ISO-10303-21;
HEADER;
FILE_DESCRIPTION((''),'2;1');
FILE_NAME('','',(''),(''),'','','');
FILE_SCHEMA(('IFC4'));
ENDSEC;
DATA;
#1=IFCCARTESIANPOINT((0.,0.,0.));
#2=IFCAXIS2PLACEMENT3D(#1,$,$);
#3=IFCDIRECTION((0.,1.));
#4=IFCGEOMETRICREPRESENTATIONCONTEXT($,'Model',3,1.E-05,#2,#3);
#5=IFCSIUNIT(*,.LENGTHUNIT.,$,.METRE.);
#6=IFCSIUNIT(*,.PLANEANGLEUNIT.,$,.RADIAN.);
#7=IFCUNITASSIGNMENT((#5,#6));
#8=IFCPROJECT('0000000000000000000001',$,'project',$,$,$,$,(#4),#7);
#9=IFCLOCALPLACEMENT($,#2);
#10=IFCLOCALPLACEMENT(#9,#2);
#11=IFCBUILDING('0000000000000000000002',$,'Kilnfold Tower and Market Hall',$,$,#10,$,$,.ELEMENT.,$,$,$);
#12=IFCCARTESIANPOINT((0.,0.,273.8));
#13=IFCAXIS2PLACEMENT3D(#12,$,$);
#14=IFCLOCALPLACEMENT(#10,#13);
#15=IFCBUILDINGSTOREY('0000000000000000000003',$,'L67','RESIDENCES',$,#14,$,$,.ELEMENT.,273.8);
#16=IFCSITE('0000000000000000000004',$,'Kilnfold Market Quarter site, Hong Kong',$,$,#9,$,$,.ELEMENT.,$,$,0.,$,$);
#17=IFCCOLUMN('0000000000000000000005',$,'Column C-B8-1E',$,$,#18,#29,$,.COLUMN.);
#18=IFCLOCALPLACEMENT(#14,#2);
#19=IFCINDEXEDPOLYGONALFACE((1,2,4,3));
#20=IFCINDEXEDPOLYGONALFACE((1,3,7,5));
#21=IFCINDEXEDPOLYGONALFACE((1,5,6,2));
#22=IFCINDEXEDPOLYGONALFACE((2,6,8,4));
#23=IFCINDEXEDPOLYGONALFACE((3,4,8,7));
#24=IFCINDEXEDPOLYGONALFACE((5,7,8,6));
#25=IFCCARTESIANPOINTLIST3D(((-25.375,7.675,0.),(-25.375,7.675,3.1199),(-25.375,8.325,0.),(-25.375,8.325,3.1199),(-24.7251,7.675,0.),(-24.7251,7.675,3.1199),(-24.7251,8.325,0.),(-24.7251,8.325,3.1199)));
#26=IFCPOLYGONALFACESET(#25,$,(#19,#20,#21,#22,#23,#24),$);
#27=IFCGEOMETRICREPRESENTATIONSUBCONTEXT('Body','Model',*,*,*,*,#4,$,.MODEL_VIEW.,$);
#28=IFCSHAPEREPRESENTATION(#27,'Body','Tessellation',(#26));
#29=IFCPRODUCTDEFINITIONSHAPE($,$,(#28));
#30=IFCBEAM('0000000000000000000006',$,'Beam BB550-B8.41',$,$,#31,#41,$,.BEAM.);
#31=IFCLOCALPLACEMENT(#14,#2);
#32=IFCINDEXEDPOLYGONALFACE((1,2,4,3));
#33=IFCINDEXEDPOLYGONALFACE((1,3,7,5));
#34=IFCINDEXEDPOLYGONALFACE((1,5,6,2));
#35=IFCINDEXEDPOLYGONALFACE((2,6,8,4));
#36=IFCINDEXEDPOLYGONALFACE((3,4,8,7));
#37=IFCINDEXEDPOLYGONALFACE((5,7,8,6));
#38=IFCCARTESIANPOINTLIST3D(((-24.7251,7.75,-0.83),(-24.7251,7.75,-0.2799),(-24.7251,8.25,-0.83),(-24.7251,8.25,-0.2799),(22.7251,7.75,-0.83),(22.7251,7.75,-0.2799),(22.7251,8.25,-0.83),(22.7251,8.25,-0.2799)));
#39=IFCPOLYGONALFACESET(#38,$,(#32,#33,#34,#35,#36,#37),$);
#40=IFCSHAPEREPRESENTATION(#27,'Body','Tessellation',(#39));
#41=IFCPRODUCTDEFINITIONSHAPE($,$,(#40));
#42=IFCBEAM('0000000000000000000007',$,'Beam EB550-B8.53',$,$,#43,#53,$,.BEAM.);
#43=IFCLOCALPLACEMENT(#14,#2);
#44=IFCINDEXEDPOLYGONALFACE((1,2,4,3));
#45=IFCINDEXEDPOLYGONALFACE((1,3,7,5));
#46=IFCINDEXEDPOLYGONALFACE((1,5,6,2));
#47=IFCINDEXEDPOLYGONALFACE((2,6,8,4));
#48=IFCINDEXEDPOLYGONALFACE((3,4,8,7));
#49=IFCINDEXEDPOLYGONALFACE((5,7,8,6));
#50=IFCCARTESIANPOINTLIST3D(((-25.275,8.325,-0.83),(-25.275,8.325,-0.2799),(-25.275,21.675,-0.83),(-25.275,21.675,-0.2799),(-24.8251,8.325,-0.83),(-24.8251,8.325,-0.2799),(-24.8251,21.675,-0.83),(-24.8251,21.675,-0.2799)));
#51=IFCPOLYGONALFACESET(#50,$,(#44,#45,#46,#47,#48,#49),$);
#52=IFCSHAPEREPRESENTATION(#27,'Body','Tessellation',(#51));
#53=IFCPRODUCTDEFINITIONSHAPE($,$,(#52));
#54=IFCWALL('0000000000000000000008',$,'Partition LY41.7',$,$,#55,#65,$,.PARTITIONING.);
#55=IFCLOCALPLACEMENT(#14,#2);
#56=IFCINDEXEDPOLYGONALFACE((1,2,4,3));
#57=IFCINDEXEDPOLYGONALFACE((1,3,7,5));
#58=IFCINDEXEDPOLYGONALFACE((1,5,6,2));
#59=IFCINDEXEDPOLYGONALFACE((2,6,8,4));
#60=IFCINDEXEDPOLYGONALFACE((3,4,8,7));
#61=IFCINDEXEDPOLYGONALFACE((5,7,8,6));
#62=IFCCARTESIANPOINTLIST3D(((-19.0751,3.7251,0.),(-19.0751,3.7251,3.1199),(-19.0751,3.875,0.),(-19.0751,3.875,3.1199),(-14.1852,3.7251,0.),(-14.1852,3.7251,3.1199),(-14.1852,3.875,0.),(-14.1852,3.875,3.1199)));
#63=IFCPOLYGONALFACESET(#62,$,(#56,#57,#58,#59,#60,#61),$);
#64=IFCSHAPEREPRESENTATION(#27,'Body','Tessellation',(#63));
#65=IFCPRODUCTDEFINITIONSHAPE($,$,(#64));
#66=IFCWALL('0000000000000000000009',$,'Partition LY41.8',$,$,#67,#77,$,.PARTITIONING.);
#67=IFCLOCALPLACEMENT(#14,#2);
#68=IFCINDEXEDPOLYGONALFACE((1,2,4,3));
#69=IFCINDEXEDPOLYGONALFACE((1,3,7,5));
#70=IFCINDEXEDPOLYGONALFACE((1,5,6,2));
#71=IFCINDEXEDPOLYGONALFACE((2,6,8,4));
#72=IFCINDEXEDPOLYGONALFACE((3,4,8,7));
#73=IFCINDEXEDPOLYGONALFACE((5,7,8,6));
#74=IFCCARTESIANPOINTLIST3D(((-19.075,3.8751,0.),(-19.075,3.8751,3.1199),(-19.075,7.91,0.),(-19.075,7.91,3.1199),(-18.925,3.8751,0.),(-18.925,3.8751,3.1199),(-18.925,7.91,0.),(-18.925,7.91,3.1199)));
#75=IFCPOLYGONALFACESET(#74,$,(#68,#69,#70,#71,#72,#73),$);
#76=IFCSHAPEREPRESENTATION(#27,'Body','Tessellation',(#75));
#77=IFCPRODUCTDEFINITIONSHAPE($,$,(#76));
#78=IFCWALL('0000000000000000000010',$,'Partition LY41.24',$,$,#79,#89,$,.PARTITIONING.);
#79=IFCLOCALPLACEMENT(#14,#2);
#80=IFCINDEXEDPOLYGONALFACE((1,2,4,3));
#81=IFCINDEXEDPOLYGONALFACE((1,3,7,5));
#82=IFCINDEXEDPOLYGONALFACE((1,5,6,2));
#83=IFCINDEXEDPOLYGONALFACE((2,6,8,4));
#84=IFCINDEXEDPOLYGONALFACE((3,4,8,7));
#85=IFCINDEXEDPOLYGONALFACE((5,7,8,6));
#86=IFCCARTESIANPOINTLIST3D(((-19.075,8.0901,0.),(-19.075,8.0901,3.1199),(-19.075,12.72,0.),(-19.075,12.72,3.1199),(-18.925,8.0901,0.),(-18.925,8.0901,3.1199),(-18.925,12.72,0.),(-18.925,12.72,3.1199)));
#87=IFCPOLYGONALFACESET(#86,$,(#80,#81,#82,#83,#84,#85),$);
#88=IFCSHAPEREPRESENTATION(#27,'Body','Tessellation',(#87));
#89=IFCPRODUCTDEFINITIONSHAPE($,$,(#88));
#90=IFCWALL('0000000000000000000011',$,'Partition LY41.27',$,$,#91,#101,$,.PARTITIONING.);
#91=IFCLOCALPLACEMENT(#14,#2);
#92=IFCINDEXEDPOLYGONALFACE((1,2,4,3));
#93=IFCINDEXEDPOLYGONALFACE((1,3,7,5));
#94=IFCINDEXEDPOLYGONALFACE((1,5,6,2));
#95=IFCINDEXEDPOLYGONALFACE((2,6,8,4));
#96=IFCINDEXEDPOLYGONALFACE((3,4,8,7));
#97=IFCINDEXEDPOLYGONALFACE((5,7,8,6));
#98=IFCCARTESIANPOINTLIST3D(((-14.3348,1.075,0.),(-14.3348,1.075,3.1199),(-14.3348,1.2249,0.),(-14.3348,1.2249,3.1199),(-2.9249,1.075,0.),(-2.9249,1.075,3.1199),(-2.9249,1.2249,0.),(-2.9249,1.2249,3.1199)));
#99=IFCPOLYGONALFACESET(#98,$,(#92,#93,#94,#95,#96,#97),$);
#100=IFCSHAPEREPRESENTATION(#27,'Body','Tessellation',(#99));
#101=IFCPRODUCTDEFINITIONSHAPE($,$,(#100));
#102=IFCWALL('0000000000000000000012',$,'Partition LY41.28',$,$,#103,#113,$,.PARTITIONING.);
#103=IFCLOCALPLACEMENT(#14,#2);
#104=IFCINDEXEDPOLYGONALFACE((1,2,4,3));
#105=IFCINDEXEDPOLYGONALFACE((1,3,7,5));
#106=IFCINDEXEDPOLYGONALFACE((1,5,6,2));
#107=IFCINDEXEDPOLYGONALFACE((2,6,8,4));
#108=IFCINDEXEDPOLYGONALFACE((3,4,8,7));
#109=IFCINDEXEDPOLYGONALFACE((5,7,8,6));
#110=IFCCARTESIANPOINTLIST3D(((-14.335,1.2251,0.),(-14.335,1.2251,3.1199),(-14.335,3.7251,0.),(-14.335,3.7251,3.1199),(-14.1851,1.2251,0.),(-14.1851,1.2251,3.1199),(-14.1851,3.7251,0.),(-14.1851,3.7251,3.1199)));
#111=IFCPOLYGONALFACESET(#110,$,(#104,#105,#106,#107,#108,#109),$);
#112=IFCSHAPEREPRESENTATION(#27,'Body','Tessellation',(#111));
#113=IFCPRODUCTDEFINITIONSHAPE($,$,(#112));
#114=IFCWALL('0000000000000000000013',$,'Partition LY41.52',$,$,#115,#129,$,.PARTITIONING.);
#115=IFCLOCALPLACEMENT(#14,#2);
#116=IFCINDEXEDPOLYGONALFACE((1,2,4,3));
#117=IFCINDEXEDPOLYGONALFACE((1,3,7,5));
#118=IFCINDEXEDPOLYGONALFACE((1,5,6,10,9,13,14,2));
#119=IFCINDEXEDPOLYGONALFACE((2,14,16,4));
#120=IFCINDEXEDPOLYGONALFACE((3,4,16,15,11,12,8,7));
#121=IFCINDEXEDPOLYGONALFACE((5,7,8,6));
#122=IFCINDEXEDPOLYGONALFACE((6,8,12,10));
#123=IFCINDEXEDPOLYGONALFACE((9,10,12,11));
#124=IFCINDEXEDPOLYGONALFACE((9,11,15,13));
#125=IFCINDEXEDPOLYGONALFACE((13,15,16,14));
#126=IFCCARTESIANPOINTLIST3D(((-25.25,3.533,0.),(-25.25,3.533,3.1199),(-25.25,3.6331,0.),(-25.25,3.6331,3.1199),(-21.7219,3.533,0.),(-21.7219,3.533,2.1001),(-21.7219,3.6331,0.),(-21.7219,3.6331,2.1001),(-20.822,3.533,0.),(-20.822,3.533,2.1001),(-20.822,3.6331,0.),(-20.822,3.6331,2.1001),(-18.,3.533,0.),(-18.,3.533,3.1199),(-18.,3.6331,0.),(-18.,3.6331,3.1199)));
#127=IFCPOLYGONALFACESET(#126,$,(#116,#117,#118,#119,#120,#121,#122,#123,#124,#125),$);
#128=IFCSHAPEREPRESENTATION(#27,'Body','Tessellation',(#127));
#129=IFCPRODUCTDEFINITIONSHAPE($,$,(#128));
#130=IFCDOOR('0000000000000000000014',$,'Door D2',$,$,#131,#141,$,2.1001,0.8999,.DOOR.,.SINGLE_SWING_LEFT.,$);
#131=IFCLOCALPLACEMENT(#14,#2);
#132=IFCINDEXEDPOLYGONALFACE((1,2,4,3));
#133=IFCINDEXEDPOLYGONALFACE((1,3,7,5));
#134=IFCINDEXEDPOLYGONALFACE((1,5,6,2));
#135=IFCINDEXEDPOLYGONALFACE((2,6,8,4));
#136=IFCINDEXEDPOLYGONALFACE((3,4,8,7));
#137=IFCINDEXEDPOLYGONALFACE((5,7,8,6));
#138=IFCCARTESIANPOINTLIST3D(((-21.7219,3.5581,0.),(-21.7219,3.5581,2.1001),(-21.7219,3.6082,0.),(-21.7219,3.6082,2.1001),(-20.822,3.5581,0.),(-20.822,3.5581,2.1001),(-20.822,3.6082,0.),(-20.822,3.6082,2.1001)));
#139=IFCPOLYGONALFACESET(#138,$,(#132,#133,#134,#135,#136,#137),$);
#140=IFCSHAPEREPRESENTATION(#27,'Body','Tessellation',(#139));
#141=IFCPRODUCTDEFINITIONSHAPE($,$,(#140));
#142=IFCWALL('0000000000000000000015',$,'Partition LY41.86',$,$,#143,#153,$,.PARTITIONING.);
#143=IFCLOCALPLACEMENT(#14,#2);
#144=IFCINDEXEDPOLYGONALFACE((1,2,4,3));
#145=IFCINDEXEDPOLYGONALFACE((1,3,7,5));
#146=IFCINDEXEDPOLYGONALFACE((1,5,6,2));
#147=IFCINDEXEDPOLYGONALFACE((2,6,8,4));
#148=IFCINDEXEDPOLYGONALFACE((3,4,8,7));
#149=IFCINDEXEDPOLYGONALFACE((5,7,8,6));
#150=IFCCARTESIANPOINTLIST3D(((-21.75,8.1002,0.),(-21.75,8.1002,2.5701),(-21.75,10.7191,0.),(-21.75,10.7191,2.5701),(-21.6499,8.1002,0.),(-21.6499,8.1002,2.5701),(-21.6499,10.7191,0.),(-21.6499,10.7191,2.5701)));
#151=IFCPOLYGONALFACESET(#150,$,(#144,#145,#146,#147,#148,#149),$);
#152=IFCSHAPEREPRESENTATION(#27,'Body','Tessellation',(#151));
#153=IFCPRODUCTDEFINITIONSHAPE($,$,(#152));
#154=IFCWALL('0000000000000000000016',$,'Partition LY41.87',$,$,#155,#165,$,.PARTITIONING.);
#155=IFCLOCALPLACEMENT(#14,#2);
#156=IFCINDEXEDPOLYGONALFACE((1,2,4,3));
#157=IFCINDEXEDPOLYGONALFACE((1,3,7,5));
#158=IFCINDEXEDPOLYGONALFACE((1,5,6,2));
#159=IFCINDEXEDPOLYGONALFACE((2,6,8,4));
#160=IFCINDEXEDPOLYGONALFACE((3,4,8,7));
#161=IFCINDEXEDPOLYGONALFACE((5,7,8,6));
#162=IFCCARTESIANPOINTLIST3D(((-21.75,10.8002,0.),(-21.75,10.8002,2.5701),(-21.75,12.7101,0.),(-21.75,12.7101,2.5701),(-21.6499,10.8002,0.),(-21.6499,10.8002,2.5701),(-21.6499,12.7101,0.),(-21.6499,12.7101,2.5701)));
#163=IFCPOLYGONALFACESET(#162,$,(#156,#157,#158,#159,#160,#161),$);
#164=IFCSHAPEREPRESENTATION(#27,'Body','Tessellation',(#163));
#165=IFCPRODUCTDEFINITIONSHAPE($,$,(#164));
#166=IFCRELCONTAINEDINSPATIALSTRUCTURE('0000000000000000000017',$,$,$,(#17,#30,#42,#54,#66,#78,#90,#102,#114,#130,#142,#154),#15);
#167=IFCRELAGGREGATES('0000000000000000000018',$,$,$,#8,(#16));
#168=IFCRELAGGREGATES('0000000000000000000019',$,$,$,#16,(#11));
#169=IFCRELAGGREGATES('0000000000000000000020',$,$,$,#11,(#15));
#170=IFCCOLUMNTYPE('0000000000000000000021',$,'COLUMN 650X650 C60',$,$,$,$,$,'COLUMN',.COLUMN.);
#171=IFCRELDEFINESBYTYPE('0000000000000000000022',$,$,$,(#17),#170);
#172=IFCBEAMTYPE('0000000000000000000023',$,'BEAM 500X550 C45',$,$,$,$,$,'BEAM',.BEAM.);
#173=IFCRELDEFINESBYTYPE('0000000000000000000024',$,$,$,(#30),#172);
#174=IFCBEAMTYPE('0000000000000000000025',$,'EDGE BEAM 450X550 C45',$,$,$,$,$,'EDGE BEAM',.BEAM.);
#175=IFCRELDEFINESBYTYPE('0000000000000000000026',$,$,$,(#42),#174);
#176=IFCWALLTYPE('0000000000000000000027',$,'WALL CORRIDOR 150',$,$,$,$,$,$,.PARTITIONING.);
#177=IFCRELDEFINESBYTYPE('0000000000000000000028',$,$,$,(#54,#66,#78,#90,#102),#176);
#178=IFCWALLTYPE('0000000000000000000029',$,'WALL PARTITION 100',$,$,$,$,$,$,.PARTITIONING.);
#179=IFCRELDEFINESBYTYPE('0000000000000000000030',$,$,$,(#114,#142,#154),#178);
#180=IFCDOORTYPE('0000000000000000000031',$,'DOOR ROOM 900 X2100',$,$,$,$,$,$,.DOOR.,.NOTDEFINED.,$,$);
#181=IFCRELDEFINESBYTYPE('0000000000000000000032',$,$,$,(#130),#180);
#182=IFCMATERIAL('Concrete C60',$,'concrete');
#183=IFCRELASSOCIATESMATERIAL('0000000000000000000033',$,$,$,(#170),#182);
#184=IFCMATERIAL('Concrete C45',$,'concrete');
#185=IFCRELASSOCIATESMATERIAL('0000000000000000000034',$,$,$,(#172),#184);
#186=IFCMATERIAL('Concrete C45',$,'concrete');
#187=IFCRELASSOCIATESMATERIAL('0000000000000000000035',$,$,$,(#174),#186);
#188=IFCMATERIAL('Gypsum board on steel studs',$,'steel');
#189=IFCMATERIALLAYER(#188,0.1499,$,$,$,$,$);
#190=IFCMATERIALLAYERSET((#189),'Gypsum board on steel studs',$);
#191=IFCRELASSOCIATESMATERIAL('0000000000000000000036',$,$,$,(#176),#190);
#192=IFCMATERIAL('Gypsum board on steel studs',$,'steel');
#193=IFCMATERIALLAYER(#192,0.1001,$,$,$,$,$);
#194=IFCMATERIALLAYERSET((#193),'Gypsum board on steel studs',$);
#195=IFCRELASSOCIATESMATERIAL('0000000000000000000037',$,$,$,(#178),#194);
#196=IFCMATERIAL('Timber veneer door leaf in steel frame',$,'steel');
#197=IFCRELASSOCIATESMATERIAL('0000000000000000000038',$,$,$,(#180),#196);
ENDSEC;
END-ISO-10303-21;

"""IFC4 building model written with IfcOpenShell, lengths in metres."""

from ifc_helpers import new_model, si_unit, direction, frame, frame_2d, origin, origin_2d, place, context, subcontext, project, spatial, rectangle, extrude, source, transform, mapped, material, layer, layer_set, material_profile, profile_set, type_object, element, fill, save


model = new_model("IFC4")

# Units and contexts
model_context = context("Model", 3, precision=1e-05, world=origin(), true_north=direction((0.0, 1.0)))
body_context = subcontext(model_context, "Body", "Model", "MODEL_VIEW")
ifc_project = project(units=[si_unit("LENGTHUNIT", "METRE"), si_unit("PLANEANGLEUNIT", "RADIAN")], contexts=[model_context])

# Site, building, storey
site_placement = place(None, origin())
site = spatial("IfcSite", under=ifc_project, at=site_placement, Name="Kilnfold Market Quarter site, Hong Kong", CompositionType="ELEMENT", RefElevation=0.0)
building_placement = place(site_placement, origin())
building = spatial("IfcBuilding", under=site, at=building_placement, Name="Kilnfold Tower and Market Hall", CompositionType="ELEMENT")
storey_placement = place(building_placement, frame((0.0, 0.0, 273.8)))
storey = spatial("IfcBuildingStorey", under=building, at=storey_placement, Name="L67", Description="RESIDENCES", CompositionType="ELEMENT", Elevation=273.8)

# Column
ifc_material_1 = material(Name="Concrete C60", Category="concrete")
ifc_material_profile_1 = material_profile(ifc_material_1, rectangle(XDim=0.6499, YDim=0.6499, at=origin_2d()), Name="RC 650x650")
ifc_profile_set_1 = profile_set([ifc_material_profile_1], Name="Concrete C60")
column_type = type_object("IfcColumnType", Name="COLUMN 650X650 C60", ElementType="COLUMN", PredefinedType="COLUMN", material=ifc_profile_set_1)
shared_shape_1 = source(origin(), body_context, "Body", "SweptSolid", [
    extrude(rectangle(XDim=0.6499, YDim=0.6499, at=origin_2d()), origin(), (0.0, 0.0, 1.0), 3.1199),
])
column_placement = place(storey_placement, frame((-25.05, 8.0, 0.0), z_axis=(0.0, 0.0, 1.0), x_axis=(1.0, 0.0, 0.0)))
element("IfcColumn", 1, at=column_placement, inside=storey, type_object=column_type, Name="Column C-B8-1E", PredefinedType="COLUMN", context=body_context, shape_type="MappedRepresentation", body=[
    mapped(shared_shape_1, transform((0.0, 0.0, 0.0))),
])

# Beams
ifc_material_2 = material(Name="Concrete C45", Category="concrete")
ifc_material_profile_2 = material_profile(ifc_material_2, rectangle(XDim=0.5, YDim=0.55, at=origin_2d()), Name="RC 500x550")
ifc_profile_set_2 = profile_set([ifc_material_profile_2], Name="Concrete C45")
beam_type_1 = type_object("IfcBeamType", Name="BEAM 500X550 C45", ElementType="BEAM", PredefinedType="BEAM", material=ifc_profile_set_2)
shared_shape_2 = source(origin(), body_context, "Body", "SweptSolid", [
    extrude(rectangle(XDim=0.5, YDim=0.55, at=origin_2d()), origin(), (0.0, 0.0, 1.0), 47.4502),
])
beam_1_placement = place(storey_placement, frame((-24.7251, 8.0, -0.5549), z_axis=(1.0, 0.0, 0.0), x_axis=(0.0, 1.0, 0.0)))
element("IfcBeam", 2, at=beam_1_placement, inside=storey, type_object=beam_type_1, Name="Beam BB550-B8.41", PredefinedType="BEAM", context=body_context, shape_type="MappedRepresentation", body=[
    mapped(shared_shape_2, transform((0.0, 0.0, 0.0))),
])
ifc_material_3 = material(Name="Concrete C45", Category="concrete")
ifc_material_profile_3 = material_profile(ifc_material_3, rectangle(XDim=0.45, YDim=0.55, at=origin_2d()), Name="RC 450x550")
ifc_profile_set_3 = profile_set([ifc_material_profile_3], Name="Concrete C45")
beam_type_2 = type_object("IfcBeamType", Name="EDGE BEAM 450X550 C45", ElementType="EDGE BEAM", PredefinedType="BEAM", material=ifc_profile_set_3)
shared_shape_3 = source(origin(), body_context, "Body", "SweptSolid", [
    extrude(rectangle(XDim=0.45, YDim=0.55, at=origin_2d()), origin(), (0.0, 0.0, 1.0), 13.3501),
])
beam_2_placement = place(storey_placement, frame((-25.05, 8.325, -0.5549), z_axis=(0.0, 1.0, 0.0), x_axis=(-1.0, 0.0, 0.0)))
element("IfcBeam", 3, at=beam_2_placement, inside=storey, type_object=beam_type_2, Name="Beam EB550-B8.53", PredefinedType="BEAM", context=body_context, shape_type="MappedRepresentation", body=[
    mapped(shared_shape_3, transform((0.0, 0.0, 0.0))),
])

# Walls
ifc_material_4 = material(Name="Gypsum board on steel studs", Category="steel")
ifc_layer_1 = layer(ifc_material_4, 0.1499)
ifc_layer_set_1 = layer_set([ifc_layer_1], Name="Gypsum board on steel studs")
wall_type_1 = type_object("IfcWallType", Name="WALL CORRIDOR 150", PredefinedType="PARTITIONING", material=ifc_layer_set_1)
wall_1_placement = place(storey_placement, frame((-19.075, 3.8, 0.0), z_axis=(0.0, 0.0, 1.0), x_axis=(1.0, 0.0, 0.0)))
element("IfcWall", 4, at=wall_1_placement, inside=storey, type_object=wall_type_1, Name="Partition LY41.7", PredefinedType="PARTITIONING", context=body_context, shape_type="SweptSolid", body=[
    extrude(rectangle(XDim=4.8899, YDim=0.1499, at=frame_2d((2.4448, 0.0))), origin(), (0.0, 0.0, 1.0), 3.1199),
])
wall_2_placement = place(storey_placement, frame((-19.0, 3.875, 0.0), z_axis=(0.0, 0.0, 1.0), x_axis=(0.0, 1.0, 0.0)))
element("IfcWall", 5, at=wall_2_placement, inside=storey, type_object=wall_type_1, Name="Partition LY41.8", PredefinedType="PARTITIONING", context=body_context, shape_type="SweptSolid", body=[
    extrude(rectangle(XDim=4.0349, YDim=0.1499, at=frame_2d((2.0176, 0.0))), origin(), (0.0, 0.0, 1.0), 3.1199),
])
wall_3_placement = place(storey_placement, frame((-19.0, 8.0901, 0.0), z_axis=(0.0, 0.0, 1.0), x_axis=(0.0, 1.0, 0.0)))
element("IfcWall", 6, at=wall_3_placement, inside=storey, type_object=wall_type_1, Name="Partition LY41.24", PredefinedType="PARTITIONING", context=body_context, shape_type="SweptSolid", body=[
    extrude(rectangle(XDim=4.6299, YDim=0.1499, at=frame_2d((2.3149, 0.0))), origin(), (0.0, 0.0, 1.0), 3.1199),
])
wall_4_placement = place(storey_placement, frame((-14.335, 1.1499, 0.0), z_axis=(0.0, 0.0, 1.0), x_axis=(1.0, 0.0, 0.0)))
element("IfcWall", 7, at=wall_4_placement, inside=storey, type_object=wall_type_1, Name="Partition LY41.27", PredefinedType="PARTITIONING", context=body_context, shape_type="SweptSolid", body=[
    extrude(rectangle(XDim=11.4099, YDim=0.1499, at=frame_2d((5.7051, 0.0))), origin(), (0.0, 0.0, 1.0), 3.1199),
])
wall_5_placement = place(storey_placement, frame((-14.26, 3.7251, 0.0), z_axis=(0.0, 0.0, 1.0), x_axis=(0.0, -1.0, 0.0)))
element("IfcWall", 8, at=wall_5_placement, inside=storey, type_object=wall_type_1, Name="Partition LY41.28", PredefinedType="PARTITIONING", context=body_context, shape_type="SweptSolid", body=[
    extrude(rectangle(XDim=2.5, YDim=0.1499, at=frame_2d((1.25, 0.0))), origin(), (0.0, 0.0, 1.0), 3.1199),
])

# Wall, opening, door
ifc_material_5 = material(Name="Gypsum board on steel studs", Category="steel")
ifc_layer_2 = layer(ifc_material_5, 0.1001)
ifc_layer_set_2 = layer_set([ifc_layer_2], Name="Gypsum board on steel studs")
wall_type_2 = type_object("IfcWallType", Name="WALL PARTITION 100", PredefinedType="PARTITIONING", material=ifc_layer_set_2)
wall_6_placement = place(storey_placement, frame((-18.0, 3.583, 0.0), z_axis=(0.0, 0.0, 1.0), x_axis=(-1.0, 0.0, 0.0)))
wall_6 = element("IfcWall", 9, at=wall_6_placement, inside=storey, type_object=wall_type_2, Name="Partition LY41.52", PredefinedType="PARTITIONING", context=body_context, shape_type="SweptSolid", body=[
    extrude(rectangle(XDim=7.25, YDim=0.1001, at=frame_2d((3.625, 0.0))), origin(), (0.0, 0.0, 1.0), 3.1199),
])
opening_1_placement = place(wall_6_placement, frame((2.822, 0.0, 0.0)))
opening_1 = element("IfcOpeningElement", 10, at=opening_1_placement, cuts=wall_6, PredefinedType="OPENING", context=body_context, shape_type="SweptSolid", body=[
    extrude(rectangle(XDim=0.8999, YDim=2.1001, at=frame_2d((0.45, 1.05))), frame((0.0, 0.0601, 0.0), z_axis=(0.0, -1.0, 0.0), x_axis=(1.0, 0.0, 0.0)), (0.0, 0.0, 1.0), 0.1201),
])
ifc_material_6 = material(Name="Timber veneer door leaf in steel frame", Category="steel")
door_type_1 = type_object("IfcDoorType", Name="DOOR ROOM 900 X2100", OperationType="NOTDEFINED", PredefinedType="DOOR", material=ifc_material_6)
door_1_placement = place(opening_1_placement, origin())
door_1 = element("IfcDoor", 11, at=door_1_placement, inside=storey, type_object=door_type_1, Name="Door D2", OperationType="SINGLE_SWING_LEFT", OverallHeight=2.1001, OverallWidth=0.8999, PredefinedType="DOOR", context=body_context, shape_type="SweptSolid", body=[
    extrude(rectangle(XDim=0.8999, YDim=2.1001, at=frame_2d((0.45, 1.05))), frame((0.0, 0.0249, 0.0), z_axis=(0.0, -1.0, 0.0), x_axis=(1.0, 0.0, 0.0)), (0.0, 0.0, 1.0), 0.05),
])
fill(opening_1, door_1)

# Walls
wall_7_placement = place(storey_placement, frame((-21.7, 8.1001, 0.0), z_axis=(0.0, 0.0, 1.0), x_axis=(0.0, 1.0, 0.0)))
element("IfcWall", 12, at=wall_7_placement, inside=storey, type_object=wall_type_2, Name="Partition LY41.86", PredefinedType="PARTITIONING", context=body_context, shape_type="SweptSolid", body=[
    extrude(rectangle(XDim=2.6189, YDim=0.1001, at=frame_2d((1.3096, 0.0))), origin(), (0.0, 0.0, 1.0), 2.5701),
])
wall_8_placement = place(storey_placement, frame((-21.7, 10.8, 0.0), z_axis=(0.0, 0.0, 1.0), x_axis=(0.0, 1.0, 0.0)))
element("IfcWall", 13, at=wall_8_placement, inside=storey, type_object=wall_type_2, Name="Partition LY41.87", PredefinedType="PARTITIONING", context=body_context, shape_type="SweptSolid", body=[
    extrude(rectangle(XDim=1.9099, YDim=0.1001, at=frame_2d((0.9551, 0.0))), origin(), (0.0, 0.0, 1.0), 2.5701),
])

save(model, "model.ifc")
